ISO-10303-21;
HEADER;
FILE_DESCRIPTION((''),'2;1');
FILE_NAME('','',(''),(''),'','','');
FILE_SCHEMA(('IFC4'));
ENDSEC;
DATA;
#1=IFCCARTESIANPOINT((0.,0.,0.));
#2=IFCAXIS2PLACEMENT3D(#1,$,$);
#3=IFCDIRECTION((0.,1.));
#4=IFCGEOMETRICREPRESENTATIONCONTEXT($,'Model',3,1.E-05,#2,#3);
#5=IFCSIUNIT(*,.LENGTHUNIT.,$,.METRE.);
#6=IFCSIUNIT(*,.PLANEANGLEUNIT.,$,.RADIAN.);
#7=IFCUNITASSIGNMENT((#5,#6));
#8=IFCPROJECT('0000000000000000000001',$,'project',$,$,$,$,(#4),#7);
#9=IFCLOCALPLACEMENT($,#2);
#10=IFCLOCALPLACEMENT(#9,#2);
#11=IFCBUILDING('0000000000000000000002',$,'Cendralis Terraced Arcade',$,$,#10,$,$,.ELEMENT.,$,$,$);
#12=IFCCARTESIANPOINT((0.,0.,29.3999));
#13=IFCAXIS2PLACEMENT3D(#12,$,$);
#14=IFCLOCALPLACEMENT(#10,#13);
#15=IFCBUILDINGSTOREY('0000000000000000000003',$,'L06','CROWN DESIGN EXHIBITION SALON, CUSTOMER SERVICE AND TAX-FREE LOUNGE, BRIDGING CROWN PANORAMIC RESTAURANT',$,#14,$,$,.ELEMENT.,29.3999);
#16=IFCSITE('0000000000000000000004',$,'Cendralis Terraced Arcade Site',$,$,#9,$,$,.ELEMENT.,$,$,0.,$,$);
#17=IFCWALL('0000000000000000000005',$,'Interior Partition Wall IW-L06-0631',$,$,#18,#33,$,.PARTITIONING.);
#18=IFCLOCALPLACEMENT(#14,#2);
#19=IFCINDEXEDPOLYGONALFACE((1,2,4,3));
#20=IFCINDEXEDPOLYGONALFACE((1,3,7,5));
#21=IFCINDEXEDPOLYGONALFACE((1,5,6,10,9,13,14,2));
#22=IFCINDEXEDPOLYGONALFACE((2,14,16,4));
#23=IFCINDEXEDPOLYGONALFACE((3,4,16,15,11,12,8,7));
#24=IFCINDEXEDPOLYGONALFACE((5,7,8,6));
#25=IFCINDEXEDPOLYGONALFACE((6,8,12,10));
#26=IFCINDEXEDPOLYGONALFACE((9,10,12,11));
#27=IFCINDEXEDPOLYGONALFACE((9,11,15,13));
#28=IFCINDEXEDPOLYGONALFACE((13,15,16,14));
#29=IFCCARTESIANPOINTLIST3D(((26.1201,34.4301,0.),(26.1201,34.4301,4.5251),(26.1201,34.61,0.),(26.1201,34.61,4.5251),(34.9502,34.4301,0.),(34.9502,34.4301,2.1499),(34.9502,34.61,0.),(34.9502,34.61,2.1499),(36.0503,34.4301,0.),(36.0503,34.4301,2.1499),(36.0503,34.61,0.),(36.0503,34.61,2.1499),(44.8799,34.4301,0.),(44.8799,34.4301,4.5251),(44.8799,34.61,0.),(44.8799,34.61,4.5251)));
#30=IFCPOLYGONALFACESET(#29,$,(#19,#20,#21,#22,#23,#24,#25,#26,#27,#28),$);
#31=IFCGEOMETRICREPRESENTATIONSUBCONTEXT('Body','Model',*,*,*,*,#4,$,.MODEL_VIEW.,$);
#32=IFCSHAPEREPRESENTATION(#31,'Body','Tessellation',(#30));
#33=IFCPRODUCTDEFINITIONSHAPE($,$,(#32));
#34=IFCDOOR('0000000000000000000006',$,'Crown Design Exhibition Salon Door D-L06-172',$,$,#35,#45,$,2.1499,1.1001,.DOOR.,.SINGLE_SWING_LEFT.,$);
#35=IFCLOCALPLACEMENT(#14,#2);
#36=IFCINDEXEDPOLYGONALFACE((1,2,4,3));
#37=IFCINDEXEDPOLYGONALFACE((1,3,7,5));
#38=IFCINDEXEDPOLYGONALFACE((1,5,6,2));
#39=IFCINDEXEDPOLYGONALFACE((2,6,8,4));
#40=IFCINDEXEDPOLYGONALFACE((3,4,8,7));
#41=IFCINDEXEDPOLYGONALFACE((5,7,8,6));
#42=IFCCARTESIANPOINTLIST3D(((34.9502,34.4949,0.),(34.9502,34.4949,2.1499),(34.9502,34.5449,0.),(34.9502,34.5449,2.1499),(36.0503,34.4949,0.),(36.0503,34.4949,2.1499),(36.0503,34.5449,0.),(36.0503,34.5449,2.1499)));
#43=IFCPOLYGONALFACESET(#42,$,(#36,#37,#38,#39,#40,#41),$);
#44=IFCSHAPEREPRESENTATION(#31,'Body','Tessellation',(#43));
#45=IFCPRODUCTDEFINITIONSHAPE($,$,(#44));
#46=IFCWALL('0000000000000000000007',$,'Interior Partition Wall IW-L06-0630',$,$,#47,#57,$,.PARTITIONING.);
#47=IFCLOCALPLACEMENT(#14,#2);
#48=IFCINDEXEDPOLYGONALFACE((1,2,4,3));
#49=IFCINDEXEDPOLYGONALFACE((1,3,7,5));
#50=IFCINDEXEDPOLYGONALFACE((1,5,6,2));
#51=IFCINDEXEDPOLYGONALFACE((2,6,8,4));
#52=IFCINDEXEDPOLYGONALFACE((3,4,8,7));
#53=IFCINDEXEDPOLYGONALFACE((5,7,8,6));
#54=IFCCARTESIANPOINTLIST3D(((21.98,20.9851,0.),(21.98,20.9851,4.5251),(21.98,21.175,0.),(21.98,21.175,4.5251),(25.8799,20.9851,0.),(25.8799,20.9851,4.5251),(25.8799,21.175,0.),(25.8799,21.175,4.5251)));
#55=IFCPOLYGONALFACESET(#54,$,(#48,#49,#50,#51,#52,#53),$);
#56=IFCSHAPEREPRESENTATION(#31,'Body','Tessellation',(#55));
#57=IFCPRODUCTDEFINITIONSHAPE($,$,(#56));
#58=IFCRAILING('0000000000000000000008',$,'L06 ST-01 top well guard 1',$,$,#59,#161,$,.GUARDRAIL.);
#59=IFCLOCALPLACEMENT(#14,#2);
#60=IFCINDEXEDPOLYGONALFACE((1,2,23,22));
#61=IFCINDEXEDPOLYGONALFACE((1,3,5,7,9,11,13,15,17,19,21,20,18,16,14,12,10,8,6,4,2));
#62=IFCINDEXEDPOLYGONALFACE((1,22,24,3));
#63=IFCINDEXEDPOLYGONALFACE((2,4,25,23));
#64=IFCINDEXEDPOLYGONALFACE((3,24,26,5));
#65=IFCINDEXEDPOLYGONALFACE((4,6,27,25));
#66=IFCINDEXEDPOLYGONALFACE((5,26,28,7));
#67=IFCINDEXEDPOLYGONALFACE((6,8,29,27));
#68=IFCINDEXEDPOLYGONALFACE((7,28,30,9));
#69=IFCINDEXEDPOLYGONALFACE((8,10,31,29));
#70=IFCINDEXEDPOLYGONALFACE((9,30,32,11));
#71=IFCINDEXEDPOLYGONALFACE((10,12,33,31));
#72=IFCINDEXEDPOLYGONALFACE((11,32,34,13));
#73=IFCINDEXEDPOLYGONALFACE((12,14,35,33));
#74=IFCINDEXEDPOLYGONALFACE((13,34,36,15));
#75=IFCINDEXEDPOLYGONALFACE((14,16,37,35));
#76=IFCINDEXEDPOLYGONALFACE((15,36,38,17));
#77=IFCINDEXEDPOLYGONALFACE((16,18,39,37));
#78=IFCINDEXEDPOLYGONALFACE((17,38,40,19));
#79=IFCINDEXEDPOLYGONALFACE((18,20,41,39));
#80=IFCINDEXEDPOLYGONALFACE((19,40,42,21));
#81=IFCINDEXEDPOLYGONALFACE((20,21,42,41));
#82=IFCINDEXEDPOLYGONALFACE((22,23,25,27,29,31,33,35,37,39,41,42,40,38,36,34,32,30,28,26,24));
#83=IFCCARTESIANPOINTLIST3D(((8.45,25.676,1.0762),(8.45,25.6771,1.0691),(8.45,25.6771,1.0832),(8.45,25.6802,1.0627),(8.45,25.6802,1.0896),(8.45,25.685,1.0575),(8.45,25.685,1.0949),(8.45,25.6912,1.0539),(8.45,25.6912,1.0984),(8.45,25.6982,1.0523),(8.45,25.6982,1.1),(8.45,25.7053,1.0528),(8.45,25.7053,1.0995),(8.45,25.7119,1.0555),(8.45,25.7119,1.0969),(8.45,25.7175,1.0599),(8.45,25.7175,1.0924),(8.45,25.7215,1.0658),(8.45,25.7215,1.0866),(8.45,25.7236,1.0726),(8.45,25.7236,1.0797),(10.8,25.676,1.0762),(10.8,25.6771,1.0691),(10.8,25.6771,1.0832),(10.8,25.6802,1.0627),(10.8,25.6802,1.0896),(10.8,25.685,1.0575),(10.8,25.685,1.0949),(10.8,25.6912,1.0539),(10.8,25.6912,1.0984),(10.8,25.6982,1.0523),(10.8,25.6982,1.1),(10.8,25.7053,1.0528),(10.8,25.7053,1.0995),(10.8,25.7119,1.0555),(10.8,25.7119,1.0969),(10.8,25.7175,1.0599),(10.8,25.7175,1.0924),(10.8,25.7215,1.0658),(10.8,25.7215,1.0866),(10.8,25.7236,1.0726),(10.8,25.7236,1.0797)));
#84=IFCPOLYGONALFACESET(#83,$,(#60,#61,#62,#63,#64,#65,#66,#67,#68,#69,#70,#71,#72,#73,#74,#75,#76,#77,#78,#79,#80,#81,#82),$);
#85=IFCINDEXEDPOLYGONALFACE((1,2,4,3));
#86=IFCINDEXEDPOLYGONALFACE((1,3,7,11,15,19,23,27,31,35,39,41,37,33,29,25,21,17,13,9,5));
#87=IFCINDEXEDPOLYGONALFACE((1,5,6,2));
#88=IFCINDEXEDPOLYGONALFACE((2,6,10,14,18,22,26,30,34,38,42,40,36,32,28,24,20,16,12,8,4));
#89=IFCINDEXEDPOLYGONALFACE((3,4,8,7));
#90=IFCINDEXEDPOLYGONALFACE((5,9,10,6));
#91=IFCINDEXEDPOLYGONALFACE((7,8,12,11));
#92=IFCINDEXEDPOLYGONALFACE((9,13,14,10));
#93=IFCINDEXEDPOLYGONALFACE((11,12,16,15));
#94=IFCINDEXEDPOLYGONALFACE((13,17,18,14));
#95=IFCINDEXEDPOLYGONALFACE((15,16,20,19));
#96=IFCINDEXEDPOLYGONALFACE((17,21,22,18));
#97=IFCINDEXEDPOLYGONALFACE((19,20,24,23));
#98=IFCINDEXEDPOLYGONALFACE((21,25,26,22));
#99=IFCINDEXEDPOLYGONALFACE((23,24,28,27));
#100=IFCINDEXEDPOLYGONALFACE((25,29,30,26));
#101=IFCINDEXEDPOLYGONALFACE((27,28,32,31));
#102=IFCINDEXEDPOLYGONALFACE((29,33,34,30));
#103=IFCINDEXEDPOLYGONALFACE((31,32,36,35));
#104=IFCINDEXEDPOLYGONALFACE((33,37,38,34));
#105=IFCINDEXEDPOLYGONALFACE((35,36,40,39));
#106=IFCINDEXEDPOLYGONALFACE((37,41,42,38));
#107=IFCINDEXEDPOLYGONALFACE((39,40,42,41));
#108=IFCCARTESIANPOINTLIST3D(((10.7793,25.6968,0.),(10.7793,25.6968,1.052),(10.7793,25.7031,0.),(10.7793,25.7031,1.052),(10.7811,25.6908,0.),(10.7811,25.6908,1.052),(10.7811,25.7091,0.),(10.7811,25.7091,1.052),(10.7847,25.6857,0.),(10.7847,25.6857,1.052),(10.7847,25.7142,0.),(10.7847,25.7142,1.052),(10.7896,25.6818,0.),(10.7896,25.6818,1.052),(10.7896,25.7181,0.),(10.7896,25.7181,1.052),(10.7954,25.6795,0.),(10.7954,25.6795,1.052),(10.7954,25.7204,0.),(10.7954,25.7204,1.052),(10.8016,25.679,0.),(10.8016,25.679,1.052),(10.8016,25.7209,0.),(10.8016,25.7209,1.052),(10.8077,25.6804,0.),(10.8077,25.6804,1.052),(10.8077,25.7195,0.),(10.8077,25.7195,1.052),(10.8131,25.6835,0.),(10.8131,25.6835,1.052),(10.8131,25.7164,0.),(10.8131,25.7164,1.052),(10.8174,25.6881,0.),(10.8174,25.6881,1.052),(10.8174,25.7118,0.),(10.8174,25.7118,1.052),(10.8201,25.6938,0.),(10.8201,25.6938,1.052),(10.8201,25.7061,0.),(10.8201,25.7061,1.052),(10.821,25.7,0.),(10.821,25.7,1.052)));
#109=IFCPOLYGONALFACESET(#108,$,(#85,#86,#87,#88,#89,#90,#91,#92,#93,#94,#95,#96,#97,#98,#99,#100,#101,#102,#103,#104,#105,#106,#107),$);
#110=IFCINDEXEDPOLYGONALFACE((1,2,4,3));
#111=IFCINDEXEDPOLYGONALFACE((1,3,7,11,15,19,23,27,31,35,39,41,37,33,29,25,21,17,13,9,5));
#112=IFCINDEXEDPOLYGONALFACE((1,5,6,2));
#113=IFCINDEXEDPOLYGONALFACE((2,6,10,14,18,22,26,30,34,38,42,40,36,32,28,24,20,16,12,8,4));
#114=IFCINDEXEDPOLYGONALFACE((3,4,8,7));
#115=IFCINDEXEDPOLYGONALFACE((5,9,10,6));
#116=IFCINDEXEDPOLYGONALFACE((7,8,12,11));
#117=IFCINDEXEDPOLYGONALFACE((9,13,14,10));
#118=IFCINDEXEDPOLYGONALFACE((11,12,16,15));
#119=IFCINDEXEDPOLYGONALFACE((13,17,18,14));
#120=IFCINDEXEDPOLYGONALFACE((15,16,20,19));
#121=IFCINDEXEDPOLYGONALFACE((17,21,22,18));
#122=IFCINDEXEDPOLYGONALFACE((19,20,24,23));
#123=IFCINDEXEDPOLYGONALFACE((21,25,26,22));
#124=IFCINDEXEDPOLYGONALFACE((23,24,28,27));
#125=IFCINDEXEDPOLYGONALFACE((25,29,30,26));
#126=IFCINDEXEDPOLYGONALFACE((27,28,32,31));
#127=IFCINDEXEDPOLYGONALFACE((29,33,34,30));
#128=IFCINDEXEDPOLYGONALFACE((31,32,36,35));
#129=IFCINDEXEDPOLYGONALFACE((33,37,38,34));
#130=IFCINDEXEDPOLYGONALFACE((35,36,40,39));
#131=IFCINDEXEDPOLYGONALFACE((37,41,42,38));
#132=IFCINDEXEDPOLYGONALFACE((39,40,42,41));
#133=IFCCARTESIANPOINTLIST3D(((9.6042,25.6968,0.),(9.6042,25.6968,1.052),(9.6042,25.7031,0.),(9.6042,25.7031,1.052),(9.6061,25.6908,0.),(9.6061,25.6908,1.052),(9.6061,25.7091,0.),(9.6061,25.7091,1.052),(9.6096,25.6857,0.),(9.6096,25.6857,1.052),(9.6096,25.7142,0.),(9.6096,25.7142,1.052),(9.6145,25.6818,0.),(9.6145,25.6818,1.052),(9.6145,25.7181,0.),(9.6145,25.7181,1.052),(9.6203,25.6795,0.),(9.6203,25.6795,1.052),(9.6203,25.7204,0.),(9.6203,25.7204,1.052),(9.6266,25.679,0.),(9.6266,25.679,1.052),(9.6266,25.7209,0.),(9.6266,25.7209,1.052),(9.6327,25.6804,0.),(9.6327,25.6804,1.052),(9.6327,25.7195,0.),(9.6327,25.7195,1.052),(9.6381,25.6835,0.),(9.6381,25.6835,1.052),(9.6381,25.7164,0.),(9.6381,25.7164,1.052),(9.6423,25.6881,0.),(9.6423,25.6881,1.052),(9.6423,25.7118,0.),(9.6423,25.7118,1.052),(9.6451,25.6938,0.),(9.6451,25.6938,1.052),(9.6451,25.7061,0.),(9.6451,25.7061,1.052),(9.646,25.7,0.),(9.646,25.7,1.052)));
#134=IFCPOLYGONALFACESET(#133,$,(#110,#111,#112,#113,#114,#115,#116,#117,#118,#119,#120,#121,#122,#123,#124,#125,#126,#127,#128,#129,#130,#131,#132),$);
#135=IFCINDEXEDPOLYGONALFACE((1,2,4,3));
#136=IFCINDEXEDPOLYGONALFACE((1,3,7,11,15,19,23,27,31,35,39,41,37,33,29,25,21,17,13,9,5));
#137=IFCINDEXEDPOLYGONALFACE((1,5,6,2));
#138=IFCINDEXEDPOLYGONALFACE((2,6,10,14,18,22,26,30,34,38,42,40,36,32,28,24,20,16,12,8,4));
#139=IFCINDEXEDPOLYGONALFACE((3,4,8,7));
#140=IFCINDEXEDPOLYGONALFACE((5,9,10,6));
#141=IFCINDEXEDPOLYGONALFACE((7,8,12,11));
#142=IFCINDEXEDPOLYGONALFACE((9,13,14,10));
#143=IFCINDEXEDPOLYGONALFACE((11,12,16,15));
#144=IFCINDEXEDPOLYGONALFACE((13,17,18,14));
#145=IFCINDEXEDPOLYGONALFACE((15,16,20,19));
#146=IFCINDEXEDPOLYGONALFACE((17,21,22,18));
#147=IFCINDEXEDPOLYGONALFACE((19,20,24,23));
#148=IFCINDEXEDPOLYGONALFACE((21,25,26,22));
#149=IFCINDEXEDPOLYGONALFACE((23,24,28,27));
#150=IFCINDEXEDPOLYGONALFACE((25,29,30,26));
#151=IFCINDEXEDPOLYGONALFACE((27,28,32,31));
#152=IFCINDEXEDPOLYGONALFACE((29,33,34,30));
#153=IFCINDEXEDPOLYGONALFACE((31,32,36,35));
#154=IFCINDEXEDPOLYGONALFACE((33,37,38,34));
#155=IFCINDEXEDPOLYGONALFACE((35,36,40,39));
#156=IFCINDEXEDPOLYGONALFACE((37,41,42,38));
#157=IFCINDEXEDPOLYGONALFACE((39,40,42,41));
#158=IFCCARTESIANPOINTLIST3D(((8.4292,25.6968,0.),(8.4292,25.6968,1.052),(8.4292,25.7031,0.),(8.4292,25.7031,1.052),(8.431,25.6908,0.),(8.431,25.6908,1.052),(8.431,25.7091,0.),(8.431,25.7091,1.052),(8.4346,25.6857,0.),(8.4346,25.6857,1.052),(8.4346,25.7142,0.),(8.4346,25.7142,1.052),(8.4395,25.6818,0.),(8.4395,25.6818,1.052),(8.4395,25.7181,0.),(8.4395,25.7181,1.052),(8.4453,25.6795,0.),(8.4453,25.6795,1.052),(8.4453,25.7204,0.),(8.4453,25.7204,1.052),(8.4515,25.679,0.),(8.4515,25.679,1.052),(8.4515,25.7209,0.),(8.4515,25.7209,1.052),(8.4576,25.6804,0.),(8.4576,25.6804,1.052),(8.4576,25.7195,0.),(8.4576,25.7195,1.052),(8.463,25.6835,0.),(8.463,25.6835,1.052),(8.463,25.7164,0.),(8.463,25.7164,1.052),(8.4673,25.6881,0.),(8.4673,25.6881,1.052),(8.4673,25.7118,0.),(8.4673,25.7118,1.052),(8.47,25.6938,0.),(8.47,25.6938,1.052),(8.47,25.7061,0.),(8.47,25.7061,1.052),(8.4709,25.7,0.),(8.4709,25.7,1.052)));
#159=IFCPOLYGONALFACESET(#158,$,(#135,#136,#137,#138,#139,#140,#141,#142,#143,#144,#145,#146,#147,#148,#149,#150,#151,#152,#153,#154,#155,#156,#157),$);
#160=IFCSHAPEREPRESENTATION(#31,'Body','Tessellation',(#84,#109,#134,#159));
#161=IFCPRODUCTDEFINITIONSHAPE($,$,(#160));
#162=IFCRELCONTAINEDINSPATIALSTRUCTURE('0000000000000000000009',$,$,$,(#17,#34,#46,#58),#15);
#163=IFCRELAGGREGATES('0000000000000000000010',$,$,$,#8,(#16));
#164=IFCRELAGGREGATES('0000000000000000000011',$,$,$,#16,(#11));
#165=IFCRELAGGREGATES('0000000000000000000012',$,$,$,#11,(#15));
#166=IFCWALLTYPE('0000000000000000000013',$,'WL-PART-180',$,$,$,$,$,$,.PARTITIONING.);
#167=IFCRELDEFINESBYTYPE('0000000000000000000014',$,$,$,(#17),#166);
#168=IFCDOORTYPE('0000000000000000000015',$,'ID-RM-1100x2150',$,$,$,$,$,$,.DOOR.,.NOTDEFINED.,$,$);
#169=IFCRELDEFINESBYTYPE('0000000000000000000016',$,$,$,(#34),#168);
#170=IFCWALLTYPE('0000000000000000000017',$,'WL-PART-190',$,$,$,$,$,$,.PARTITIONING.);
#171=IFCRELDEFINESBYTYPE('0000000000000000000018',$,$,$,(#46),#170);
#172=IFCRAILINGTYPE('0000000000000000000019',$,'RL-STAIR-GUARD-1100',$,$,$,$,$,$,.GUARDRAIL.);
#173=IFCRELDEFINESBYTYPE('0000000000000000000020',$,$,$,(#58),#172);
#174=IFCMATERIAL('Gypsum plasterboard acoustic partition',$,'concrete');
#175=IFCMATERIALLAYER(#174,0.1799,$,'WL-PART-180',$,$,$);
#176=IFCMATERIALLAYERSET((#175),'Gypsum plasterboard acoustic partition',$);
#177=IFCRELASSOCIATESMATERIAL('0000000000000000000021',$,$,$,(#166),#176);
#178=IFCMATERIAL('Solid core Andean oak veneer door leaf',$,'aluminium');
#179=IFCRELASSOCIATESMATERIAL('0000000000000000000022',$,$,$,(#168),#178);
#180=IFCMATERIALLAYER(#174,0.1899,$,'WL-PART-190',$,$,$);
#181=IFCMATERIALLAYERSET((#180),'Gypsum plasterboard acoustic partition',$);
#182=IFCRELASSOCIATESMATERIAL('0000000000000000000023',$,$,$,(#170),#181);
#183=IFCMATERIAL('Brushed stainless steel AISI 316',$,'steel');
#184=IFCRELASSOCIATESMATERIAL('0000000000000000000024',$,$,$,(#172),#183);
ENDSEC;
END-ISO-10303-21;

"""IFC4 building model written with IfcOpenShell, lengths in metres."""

from ifc_helpers import new_model, si_unit, direction, frame, frame_2d, origin, origin_2d, place, context, subcontext, project, spatial, rectangle, circle, extrude, material, layer, layer_set, type_object, element, fill, save


model = new_model("IFC4")

# Units and contexts
model_context = context("Model", 3, precision=1e-05, world=origin(), true_north=direction((0.0, 1.0)))
body_context = subcontext(model_context, "Body", "Model", "MODEL_VIEW")
ifc_project = project(units=[si_unit("LENGTHUNIT", "METRE"), si_unit("PLANEANGLEUNIT", "RADIAN")], contexts=[model_context])

# Site, building, storey
site_placement = place(None, origin())
site = spatial("IfcSite", under=ifc_project, at=site_placement, Name="Cendralis Terraced Arcade Site", CompositionType="ELEMENT", RefElevation=0.0)
building_placement = place(site_placement, origin())
building = spatial("IfcBuilding", under=site, at=building_placement, Name="Cendralis Terraced Arcade", CompositionType="ELEMENT")
storey_placement = place(building_placement, frame((0.0, 0.0, 29.3999)))
storey = spatial("IfcBuildingStorey", under=building, at=storey_placement, Name="L06", Description="CROWN DESIGN EXHIBITION SALON, CUSTOMER SERVICE AND TAX-FREE LOUNGE, BRIDGING CROWN PANORAMIC RESTAURANT", CompositionType="ELEMENT", Elevation=29.3999)

# Shared definitions
ifc_material_1 = material(Name="Gypsum plasterboard acoustic partition", Category="concrete")

# Shared definitions
ifc_material_2 = material(Name="Solid core Andean oak veneer door leaf", Category="aluminium")

# Wall, opening, door
ifc_layer_1 = layer(ifc_material_1, 0.1799, Name="WL-PART-180")
ifc_layer_set_1 = layer_set([ifc_layer_1], Name="Gypsum plasterboard acoustic partition")
wall_type_1 = type_object("IfcWallType", Name="WL-PART-180", PredefinedType="PARTITIONING", material=ifc_layer_set_1)
wall_1_placement = place(storey_placement, frame((26.1201, 34.52, 0.0), z_axis=(0.0, 0.0, 1.0), x_axis=(1.0, 0.0, 0.0)))
wall_1 = element("IfcWall", 1, at=wall_1_placement, inside=storey, type_object=wall_type_1, Name="Interior Partition Wall IW-L06-0631", PredefinedType="PARTITIONING", context=body_context, shape_type="SweptSolid", body=[
    extrude(rectangle(XDim=18.7598, YDim=0.1799, at=frame_2d((9.3799, 0.0))), origin(), (0.0, 0.0, 1.0), 4.5251),
])
opening_1_placement = place(wall_1_placement, frame((8.8301, 0.0, 0.0)))
opening_1 = element("IfcOpeningElement", 2, at=opening_1_placement, cuts=wall_1, PredefinedType="OPENING", context=body_context, shape_type="SweptSolid", body=[
    extrude(rectangle(XDim=1.1001, YDim=2.1499, at=frame_2d((0.55, 1.075))), frame((0.0, 0.1021, 0.0), z_axis=(0.0, -1.0, 0.0), x_axis=(1.0, 0.0, 0.0)), (0.0, 0.0, 1.0), 0.2039),
])
door_type_1 = type_object("IfcDoorType", Name="ID-RM-1100x2150", OperationType="NOTDEFINED", PredefinedType="DOOR", material=ifc_material_2)
door_1_placement = place(opening_1_placement, origin())
door_1 = element("IfcDoor", 3, at=door_1_placement, inside=storey, type_object=door_type_1, Name="Crown Design Exhibition Salon Door D-L06-172", OperationType="SINGLE_SWING_LEFT", OverallHeight=2.1499, OverallWidth=1.1001, PredefinedType="DOOR", context=body_context, shape_type="SweptSolid", body=[
    extrude(rectangle(XDim=1.1001, YDim=2.1499, at=frame_2d((0.55, 1.075))), frame((0.0, 0.0249, 0.0), z_axis=(0.0, -1.0, 0.0), x_axis=(1.0, 0.0, 0.0)), (0.0, 0.0, 1.0), 0.05),
])
fill(opening_1, door_1)

# Wall
ifc_layer_2 = layer(ifc_material_1, 0.1899, Name="WL-PART-190")
ifc_layer_set_2 = layer_set([ifc_layer_2], Name="Gypsum plasterboard acoustic partition")
wall_type_2 = type_object("IfcWallType", Name="WL-PART-190", PredefinedType="PARTITIONING", material=ifc_layer_set_2)
wall_2_placement = place(storey_placement, frame((25.8799, 21.0801, 0.0), z_axis=(0.0, 0.0, 1.0), x_axis=(-1.0, 0.0, 0.0)))
element("IfcWall", 4, at=wall_2_placement, inside=storey, type_object=wall_type_2, Name="Interior Partition Wall IW-L06-0630", PredefinedType="PARTITIONING", context=body_context, shape_type="SweptSolid", body=[
    extrude(rectangle(XDim=3.8999, YDim=0.1899, at=frame_2d((1.95, 0.0))), origin(), (0.0, 0.0, 1.0), 4.5251),
])

# Railing
ifc_material_3 = material(Name="Brushed stainless steel AISI 316", Category="steel")
railing_type = type_object("IfcRailingType", Name="RL-STAIR-GUARD-1100", PredefinedType="GUARDRAIL", material=ifc_material_3)
for number, where, name in (
    (5, (10.8, 25.7, 0.0), "L06 ST-01 top well guard 1"),
):
    element("IfcRailing", number, at=place(storey_placement, frame(where)), inside=storey, type_object=railing_type, Name=name, PredefinedType="GUARDRAIL", context=body_context, shape_type="SweptSolid", body=[
        extrude(circle(Radius=0.0239, at=origin_2d()), frame((0.0, 0.0, 1.0762), z_axis=(-1.0, 0.0, 0.0), x_axis=(0.0, -1.0, 0.0)), (0.0, 0.0, 1.0), 2.3501),
        extrude(circle(Radius=0.021, at=origin_2d()), origin(), (0.0, 0.0, 1.0), 1.052),
        extrude(circle(Radius=0.021, at=origin_2d()), frame((-1.175, 0.0, 0.0)), (0.0, 0.0, 1.0), 1.052),
        extrude(circle(Radius=0.021, at=origin_2d()), frame((-2.3501, 0.0, 0.0)), (0.0, 0.0, 1.0), 1.052),
    ])

save(model, "model.ifc")
